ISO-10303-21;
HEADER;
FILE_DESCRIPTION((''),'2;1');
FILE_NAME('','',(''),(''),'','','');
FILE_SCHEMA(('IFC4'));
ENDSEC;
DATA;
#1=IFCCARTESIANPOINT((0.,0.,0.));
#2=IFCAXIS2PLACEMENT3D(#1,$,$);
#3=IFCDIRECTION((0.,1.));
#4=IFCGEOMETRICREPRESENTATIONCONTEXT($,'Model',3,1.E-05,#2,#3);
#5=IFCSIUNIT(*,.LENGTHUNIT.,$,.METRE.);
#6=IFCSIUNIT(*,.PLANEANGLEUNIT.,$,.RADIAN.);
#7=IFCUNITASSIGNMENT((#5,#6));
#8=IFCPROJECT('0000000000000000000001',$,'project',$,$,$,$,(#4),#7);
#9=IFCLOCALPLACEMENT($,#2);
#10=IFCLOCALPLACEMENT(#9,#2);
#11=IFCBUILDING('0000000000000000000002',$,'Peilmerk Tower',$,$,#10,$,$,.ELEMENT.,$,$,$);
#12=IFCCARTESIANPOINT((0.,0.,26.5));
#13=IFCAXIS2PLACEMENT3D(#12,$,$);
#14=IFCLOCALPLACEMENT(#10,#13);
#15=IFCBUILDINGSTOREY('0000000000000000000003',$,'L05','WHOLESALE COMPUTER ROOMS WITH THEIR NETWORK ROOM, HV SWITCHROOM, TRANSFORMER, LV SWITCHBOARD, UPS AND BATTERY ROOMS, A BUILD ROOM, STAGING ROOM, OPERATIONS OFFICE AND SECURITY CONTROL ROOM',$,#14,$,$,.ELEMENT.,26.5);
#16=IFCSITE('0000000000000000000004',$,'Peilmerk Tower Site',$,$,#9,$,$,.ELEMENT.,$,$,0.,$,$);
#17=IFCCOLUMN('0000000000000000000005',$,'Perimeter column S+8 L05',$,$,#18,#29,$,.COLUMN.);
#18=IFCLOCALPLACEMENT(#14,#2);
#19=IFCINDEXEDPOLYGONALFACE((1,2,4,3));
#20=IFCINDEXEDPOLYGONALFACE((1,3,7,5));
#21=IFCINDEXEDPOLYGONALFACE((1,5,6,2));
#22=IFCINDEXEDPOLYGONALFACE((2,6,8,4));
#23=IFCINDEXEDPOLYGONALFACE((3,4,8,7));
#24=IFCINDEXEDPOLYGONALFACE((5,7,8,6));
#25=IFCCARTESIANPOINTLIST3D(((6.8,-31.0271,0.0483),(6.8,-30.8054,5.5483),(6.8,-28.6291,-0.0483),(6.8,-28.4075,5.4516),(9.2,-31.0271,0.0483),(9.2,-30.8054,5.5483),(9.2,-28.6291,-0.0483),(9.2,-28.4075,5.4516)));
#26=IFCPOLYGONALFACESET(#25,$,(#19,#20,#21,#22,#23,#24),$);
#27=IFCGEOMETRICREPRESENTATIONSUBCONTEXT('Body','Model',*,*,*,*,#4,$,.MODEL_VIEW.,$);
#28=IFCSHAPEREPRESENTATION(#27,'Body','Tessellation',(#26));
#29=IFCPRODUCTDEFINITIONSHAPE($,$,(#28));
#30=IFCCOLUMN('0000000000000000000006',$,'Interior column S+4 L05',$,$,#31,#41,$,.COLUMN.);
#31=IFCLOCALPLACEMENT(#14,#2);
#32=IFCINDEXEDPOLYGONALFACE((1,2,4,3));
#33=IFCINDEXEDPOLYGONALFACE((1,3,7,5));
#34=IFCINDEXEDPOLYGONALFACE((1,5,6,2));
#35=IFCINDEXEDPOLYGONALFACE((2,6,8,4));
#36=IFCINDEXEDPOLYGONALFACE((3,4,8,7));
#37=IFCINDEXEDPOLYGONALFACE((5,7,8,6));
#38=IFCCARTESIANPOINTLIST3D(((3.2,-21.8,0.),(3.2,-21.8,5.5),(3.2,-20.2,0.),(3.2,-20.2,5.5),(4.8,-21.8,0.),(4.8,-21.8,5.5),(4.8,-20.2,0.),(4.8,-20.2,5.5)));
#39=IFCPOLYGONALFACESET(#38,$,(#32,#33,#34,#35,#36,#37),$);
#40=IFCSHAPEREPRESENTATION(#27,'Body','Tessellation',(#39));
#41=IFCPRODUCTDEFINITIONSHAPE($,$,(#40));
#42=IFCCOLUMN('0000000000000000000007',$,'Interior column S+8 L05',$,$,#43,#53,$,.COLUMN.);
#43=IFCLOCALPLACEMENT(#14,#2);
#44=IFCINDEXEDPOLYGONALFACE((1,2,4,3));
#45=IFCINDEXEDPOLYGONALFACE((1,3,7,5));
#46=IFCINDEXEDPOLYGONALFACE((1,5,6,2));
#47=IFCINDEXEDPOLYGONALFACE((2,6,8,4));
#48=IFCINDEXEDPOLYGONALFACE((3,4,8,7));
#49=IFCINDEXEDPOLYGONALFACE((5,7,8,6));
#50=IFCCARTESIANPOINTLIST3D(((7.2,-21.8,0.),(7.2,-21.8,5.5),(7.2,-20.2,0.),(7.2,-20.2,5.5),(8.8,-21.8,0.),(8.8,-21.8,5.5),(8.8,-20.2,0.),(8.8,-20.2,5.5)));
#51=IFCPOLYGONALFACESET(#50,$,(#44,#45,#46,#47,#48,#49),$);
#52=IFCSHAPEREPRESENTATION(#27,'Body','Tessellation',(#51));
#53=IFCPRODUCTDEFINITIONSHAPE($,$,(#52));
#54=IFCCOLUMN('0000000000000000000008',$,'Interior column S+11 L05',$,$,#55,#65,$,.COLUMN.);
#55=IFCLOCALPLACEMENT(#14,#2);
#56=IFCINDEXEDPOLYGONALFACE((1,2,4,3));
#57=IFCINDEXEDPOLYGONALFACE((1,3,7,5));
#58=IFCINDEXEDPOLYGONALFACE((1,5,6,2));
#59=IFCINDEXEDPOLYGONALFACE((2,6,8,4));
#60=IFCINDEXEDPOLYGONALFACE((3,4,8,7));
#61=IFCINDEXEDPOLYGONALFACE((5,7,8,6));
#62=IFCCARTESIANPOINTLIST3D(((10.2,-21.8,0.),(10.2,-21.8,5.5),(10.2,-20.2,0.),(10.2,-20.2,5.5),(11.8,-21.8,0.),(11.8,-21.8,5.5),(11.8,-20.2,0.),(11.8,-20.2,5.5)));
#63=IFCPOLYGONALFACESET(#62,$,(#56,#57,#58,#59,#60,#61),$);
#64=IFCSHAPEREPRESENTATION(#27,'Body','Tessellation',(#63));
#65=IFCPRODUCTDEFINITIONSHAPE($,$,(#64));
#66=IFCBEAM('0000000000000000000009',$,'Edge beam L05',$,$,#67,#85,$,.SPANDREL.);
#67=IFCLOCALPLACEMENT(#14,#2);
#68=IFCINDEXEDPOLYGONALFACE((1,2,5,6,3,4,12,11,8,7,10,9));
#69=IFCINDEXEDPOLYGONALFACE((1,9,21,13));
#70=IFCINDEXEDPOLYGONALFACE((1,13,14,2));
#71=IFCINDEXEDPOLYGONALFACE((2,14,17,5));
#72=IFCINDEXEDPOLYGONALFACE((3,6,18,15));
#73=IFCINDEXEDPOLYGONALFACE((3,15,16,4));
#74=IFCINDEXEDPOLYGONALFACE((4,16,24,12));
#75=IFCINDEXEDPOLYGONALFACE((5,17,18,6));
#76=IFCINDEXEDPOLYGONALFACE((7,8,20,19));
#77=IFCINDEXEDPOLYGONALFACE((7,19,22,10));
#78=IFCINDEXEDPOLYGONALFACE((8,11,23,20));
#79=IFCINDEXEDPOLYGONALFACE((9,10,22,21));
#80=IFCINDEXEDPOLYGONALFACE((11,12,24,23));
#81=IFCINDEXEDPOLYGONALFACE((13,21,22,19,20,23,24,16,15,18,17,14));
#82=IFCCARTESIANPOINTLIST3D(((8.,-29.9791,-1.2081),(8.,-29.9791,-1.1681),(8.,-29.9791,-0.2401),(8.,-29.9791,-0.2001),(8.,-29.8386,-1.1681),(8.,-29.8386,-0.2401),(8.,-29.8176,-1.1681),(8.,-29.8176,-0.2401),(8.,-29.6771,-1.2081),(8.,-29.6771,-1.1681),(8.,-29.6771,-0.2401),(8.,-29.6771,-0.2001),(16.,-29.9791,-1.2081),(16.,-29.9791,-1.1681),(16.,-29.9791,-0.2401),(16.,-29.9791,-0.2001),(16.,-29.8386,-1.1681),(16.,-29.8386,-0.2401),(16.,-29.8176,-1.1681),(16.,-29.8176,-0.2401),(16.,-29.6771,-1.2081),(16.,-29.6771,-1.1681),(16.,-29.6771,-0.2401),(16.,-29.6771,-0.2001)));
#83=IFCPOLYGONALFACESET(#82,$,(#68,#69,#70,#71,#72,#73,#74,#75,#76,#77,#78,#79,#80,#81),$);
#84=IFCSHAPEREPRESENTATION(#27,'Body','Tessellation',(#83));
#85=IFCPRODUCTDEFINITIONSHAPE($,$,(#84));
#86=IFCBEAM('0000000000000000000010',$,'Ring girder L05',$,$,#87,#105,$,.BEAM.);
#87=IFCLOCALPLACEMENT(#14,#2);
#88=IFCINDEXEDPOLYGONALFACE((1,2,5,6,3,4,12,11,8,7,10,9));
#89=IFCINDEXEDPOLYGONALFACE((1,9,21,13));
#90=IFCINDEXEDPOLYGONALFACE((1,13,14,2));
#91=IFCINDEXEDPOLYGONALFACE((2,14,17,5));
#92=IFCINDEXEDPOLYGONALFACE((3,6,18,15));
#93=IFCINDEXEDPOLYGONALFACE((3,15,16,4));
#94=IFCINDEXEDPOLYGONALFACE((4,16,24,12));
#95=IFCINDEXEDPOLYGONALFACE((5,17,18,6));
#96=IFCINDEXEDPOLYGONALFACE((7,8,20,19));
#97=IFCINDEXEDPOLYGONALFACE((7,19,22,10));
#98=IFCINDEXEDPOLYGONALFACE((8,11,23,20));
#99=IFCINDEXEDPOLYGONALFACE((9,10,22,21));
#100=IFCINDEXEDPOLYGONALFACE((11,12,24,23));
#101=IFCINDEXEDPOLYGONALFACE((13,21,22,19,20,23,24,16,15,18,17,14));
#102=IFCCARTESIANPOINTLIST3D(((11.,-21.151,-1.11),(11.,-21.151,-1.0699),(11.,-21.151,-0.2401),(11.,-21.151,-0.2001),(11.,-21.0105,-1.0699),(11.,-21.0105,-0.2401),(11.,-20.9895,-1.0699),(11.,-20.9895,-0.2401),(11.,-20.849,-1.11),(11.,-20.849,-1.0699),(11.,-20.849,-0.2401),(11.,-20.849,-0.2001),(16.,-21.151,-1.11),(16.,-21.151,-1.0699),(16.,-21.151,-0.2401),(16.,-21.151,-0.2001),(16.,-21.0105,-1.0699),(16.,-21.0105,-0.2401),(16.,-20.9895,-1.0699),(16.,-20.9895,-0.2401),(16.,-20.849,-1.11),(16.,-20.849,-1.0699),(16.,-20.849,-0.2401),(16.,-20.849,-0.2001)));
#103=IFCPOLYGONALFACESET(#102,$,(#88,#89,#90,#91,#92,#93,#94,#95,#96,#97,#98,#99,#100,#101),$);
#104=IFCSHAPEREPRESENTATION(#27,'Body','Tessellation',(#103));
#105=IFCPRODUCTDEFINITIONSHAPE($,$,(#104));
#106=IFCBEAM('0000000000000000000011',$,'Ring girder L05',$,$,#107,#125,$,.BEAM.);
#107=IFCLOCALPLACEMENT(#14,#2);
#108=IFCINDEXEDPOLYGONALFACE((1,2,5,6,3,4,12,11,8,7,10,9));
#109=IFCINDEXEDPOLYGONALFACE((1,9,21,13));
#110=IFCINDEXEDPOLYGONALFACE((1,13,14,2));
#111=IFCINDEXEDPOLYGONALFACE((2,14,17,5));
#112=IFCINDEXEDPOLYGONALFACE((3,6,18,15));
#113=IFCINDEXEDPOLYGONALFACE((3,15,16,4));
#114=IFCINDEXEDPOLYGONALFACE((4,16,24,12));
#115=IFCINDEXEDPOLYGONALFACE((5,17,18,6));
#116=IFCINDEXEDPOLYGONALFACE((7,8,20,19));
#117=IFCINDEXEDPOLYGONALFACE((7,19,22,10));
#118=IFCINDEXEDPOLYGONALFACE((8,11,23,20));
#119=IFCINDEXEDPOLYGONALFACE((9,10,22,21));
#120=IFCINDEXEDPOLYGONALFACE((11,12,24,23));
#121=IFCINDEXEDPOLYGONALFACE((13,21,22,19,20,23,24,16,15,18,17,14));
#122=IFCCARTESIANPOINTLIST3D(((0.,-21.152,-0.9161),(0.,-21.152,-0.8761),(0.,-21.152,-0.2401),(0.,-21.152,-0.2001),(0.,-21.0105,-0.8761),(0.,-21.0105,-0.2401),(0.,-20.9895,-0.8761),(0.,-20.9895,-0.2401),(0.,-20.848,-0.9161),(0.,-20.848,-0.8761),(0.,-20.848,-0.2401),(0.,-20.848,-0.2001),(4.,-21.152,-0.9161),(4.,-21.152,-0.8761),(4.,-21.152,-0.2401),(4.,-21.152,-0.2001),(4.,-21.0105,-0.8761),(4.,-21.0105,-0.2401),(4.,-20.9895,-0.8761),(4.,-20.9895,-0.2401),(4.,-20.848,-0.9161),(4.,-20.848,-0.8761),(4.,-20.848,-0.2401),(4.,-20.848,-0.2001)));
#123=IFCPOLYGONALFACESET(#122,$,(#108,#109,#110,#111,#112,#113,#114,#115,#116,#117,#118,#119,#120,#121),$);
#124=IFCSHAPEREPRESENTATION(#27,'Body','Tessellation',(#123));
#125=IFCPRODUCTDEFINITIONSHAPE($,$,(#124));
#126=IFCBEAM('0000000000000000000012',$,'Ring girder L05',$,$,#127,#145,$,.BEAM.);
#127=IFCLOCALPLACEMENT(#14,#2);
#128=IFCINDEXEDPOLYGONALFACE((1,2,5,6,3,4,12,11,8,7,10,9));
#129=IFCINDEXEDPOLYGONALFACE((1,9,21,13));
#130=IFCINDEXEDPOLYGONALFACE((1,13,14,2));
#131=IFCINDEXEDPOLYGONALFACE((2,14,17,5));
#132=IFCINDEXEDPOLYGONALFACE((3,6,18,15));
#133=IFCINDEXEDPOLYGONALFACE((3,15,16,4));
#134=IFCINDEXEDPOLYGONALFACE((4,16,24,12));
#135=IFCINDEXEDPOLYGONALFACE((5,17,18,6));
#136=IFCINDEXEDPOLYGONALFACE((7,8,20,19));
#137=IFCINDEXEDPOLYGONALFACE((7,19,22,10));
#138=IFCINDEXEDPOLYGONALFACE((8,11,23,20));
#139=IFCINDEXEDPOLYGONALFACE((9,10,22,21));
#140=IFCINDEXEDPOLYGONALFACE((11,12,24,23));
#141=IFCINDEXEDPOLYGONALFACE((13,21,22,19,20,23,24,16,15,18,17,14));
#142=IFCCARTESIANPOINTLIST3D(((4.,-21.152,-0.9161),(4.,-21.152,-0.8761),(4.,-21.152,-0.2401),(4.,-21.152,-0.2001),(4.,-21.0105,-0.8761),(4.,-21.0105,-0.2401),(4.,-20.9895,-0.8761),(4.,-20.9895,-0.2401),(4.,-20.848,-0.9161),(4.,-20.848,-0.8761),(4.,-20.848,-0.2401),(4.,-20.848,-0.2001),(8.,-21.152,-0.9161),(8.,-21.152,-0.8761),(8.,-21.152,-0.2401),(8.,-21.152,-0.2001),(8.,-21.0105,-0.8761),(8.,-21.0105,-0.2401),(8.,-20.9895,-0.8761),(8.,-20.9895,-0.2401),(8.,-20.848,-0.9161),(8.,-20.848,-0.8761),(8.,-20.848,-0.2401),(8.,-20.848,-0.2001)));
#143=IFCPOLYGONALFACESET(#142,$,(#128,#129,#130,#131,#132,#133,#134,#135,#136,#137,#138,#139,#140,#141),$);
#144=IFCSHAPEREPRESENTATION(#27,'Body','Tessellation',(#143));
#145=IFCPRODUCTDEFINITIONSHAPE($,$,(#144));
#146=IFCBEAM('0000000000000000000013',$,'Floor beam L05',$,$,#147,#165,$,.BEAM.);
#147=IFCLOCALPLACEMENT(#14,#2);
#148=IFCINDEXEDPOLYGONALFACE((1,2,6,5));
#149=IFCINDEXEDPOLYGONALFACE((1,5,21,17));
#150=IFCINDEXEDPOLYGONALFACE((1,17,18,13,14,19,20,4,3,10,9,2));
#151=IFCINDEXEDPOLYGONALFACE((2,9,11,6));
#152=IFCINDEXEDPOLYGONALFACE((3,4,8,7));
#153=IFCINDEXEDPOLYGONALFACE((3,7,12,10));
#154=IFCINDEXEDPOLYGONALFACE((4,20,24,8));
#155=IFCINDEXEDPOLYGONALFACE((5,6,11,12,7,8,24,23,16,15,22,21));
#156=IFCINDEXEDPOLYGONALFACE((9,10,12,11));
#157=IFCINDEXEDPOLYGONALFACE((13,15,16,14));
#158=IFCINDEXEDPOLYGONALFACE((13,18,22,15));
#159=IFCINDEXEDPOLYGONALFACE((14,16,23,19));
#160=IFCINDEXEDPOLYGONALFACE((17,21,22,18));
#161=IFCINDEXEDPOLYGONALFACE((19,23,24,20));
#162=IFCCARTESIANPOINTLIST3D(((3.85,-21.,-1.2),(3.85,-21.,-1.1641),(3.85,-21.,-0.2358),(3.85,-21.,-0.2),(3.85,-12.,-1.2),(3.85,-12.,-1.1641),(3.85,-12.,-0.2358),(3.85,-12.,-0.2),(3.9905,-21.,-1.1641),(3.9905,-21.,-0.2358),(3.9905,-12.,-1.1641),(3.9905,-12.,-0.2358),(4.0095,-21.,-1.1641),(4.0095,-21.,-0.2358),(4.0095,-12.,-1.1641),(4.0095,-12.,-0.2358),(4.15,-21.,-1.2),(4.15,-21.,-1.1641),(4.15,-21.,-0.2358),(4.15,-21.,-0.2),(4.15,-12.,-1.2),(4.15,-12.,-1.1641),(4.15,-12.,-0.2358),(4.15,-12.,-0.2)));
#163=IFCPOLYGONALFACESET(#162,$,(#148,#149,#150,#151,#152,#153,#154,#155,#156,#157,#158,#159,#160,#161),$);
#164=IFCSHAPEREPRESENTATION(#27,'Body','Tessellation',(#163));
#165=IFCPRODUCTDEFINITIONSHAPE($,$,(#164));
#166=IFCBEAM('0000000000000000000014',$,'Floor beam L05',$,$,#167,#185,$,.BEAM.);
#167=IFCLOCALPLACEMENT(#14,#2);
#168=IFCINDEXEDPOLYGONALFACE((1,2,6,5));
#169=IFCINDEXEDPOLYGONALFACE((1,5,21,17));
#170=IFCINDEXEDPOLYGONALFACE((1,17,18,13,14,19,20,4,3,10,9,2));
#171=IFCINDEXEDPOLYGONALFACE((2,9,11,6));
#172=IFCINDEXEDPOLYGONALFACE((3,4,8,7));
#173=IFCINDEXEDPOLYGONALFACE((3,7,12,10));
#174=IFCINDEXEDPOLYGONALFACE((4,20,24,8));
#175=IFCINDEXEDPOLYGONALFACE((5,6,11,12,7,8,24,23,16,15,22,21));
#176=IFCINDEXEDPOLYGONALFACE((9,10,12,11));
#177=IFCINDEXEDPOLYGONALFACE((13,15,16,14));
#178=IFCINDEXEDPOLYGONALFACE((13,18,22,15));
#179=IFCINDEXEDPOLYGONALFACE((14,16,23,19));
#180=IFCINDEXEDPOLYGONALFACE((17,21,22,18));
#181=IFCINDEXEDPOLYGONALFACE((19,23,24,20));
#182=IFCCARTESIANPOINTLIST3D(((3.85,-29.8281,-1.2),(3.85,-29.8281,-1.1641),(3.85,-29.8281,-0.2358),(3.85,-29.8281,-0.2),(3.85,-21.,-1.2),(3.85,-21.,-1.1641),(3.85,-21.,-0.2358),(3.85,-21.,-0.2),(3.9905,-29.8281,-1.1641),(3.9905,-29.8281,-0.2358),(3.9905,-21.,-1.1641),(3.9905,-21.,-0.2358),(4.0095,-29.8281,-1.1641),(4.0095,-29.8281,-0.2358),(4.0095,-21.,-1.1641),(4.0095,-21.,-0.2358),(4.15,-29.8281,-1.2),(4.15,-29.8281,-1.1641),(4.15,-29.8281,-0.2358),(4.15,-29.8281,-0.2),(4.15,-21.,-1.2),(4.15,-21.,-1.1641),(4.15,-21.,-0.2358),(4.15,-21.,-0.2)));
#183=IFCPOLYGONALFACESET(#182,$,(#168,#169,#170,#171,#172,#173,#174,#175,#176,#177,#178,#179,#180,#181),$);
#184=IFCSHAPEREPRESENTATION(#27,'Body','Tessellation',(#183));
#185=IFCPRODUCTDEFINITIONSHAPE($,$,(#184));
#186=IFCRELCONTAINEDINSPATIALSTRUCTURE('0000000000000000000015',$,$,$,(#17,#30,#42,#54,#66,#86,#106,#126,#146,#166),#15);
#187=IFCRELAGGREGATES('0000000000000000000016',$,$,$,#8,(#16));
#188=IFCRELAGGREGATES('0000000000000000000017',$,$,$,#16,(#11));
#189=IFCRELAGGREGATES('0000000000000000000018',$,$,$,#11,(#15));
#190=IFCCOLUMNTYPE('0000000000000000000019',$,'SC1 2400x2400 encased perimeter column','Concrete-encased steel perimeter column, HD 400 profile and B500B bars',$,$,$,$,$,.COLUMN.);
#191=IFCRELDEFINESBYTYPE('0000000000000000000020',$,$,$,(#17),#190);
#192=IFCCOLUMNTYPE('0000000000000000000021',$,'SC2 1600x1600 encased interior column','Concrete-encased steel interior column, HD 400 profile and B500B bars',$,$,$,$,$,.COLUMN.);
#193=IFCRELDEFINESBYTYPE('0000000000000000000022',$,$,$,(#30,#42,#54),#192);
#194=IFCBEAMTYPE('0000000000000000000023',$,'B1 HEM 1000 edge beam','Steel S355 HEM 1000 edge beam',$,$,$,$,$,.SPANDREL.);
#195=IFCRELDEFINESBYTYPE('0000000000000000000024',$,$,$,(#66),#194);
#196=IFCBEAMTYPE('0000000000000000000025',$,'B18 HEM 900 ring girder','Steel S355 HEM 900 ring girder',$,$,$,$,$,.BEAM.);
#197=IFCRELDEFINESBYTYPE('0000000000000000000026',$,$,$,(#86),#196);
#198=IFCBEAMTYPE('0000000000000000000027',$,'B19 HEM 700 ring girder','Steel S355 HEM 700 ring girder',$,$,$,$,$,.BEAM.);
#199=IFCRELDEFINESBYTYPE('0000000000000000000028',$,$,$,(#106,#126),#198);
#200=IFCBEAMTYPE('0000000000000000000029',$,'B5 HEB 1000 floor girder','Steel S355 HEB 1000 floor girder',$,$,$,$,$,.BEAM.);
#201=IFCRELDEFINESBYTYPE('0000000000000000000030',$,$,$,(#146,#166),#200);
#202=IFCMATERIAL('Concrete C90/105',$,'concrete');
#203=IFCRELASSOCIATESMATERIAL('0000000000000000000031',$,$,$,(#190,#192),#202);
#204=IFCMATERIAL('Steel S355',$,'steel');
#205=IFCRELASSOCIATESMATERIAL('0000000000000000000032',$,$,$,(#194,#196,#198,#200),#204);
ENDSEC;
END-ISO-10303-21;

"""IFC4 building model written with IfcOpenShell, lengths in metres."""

from ifc_helpers import new_model, si_unit, direction, frame, origin, origin_2d, place, context, subcontext, project, spatial, rectangle, i_section, extrude, material, material_profile, profile_set, type_object, element, save


model = new_model("IFC4")

# Units and contexts
model_context = context("Model", 3, precision=1e-05, world=origin(), true_north=direction((0.0, 1.0)))
body_context = subcontext(model_context, "Body", "Model", "MODEL_VIEW")
ifc_project = project(units=[si_unit("LENGTHUNIT", "METRE"), si_unit("PLANEANGLEUNIT", "RADIAN")], contexts=[model_context])

# Site, building, storey
site_placement = place(None, origin())
site = spatial("IfcSite", under=ifc_project, at=site_placement, Name="Peilmerk Tower Site", CompositionType="ELEMENT", RefElevation=0.0)
building_placement = place(site_placement, origin())
building = spatial("IfcBuilding", under=site, at=building_placement, Name="Peilmerk Tower", CompositionType="ELEMENT")
storey_placement = place(building_placement, frame((0.0, 0.0, 26.5)))
storey = spatial("IfcBuildingStorey", under=building, at=storey_placement, Name="L05", Description="WHOLESALE COMPUTER ROOMS WITH THEIR NETWORK ROOM, HV SWITCHROOM, TRANSFORMER, LV SWITCHBOARD, UPS AND BATTERY ROOMS, A BUILD ROOM, STAGING ROOM, OPERATIONS OFFICE AND SECURITY CONTROL ROOM", CompositionType="ELEMENT", Elevation=26.5)

# Columns
ifc_material_1 = material(Name="Concrete C90/105", Category="concrete")
ifc_material_profile_1 = material_profile(ifc_material_1, rectangle(XDim=2.3999, YDim=2.3999, at=origin_2d()), Name="RC 2400x2400")
ifc_profile_set_1 = profile_set([ifc_material_profile_1], Name="Concrete C90/105")
column_type_1 = type_object("IfcColumnType", Name="SC1 2400x2400 encased perimeter column", Description="Concrete-encased steel perimeter column, HD 400 profile and B500B bars", PredefinedType="COLUMN", material=ifc_profile_set_1)
column_placement = place(storey_placement, frame((8.0, -29.8281, 0.0), z_axis=(0.0, 0.040273, 0.999189), x_axis=(-1.0, 0.0, 0.0)))
element("IfcColumn", 1, at=column_placement, inside=storey, type_object=column_type_1, Name="Perimeter column S+8 L05", PredefinedType="COLUMN", context=body_context, shape_type="SweptSolid", body=[
    extrude(rectangle(XDim=2.3999, YDim=2.3999, at=origin_2d()), origin(), (0.0, 0.0, 1.0), 5.5044),
])
ifc_material_profile_2 = material_profile(ifc_material_1, rectangle(XDim=1.6001, YDim=1.6001, at=origin_2d()), Name="RC 1600x1600")
ifc_profile_set_2 = profile_set([ifc_material_profile_2], Name="Concrete C90/105")
column_type_2 = type_object("IfcColumnType", Name="SC2 1600x1600 encased interior column", Description="Concrete-encased steel interior column, HD 400 profile and B500B bars", PredefinedType="COLUMN", material=ifc_profile_set_2)
for number, where, z_axis, x_axis, name in (
    (2, (4.0, -21.0, 0.0), (0.0, 0.0, 1.0), (1.0, 0.0, 0.0), "Interior column S+4 L05"),
    (3, (8.0, -21.0, 0.0), (0.0, 0.0, 1.0), (1.0, 0.0, 0.0), "Interior column S+8 L05"),
    (4, (11.0, -21.0, 0.0), (0.0, 0.0, 1.0), (1.0, 0.0, 0.0), "Interior column S+11 L05"),
):
    element("IfcColumn", number, at=place(storey_placement, frame(where, z_axis=z_axis, x_axis=x_axis)), inside=storey, type_object=column_type_2, Name=name, PredefinedType="COLUMN", context=body_context, shape_type="SweptSolid", body=[
        extrude(rectangle(XDim=1.6001, YDim=1.6001, at=origin_2d()), origin(), (0.0, 0.0, 1.0), 5.5),
    ])

# Beams
ifc_material_2 = material(Name="Steel S355", Category="steel")
ifc_material_profile_3 = material_profile(ifc_material_2, i_section(OverallWidth=0.302, OverallDepth=1.0081, WebThickness=0.021, FlangeThickness=0.04, at=origin_2d()), Name="HEM 1000")
ifc_profile_set_3 = profile_set([ifc_material_profile_3], Name="Steel S355")
beam_type_1 = type_object("IfcBeamType", Name="B1 HEM 1000 edge beam", Description="Steel S355 HEM 1000 edge beam", PredefinedType="SPANDREL", material=ifc_profile_set_3)
beam_1_placement = place(storey_placement, frame((8.0, -29.8281, -0.7041), z_axis=(1.0, 0.0, 0.0), x_axis=(0.0, 1.0, 0.0)))
element("IfcBeam", 5, at=beam_1_placement, inside=storey, type_object=beam_type_1, Name="Edge beam L05", PredefinedType="SPANDREL", context=body_context, shape_type="SweptSolid", body=[
    extrude(i_section(OverallWidth=0.302, OverallDepth=1.0081, WebThickness=0.021, FlangeThickness=0.04, at=origin_2d()), origin(), (0.0, 0.0, 1.0), 8.0),
])
ifc_material_profile_4 = material_profile(ifc_material_2, i_section(OverallWidth=0.302, OverallDepth=0.9099, WebThickness=0.021, FlangeThickness=0.04, at=origin_2d()), Name="HEM 900")
ifc_profile_set_4 = profile_set([ifc_material_profile_4], Name="Steel S355")
beam_type_2 = type_object("IfcBeamType", Name="B18 HEM 900 ring girder", Description="Steel S355 HEM 900 ring girder", PredefinedType="BEAM", material=ifc_profile_set_4)
beam_2_placement = place(storey_placement, frame((11.0, -21.0, -0.655), z_axis=(1.0, 0.0, 0.0), x_axis=(0.0, 1.0, 0.0)))
element("IfcBeam", 6, at=beam_2_placement, inside=storey, type_object=beam_type_2, Name="Ring girder L05", PredefinedType="BEAM", context=body_context, shape_type="SweptSolid", body=[
    extrude(i_section(OverallWidth=0.302, OverallDepth=0.9099, WebThickness=0.021, FlangeThickness=0.04, at=origin_2d()), origin(), (0.0, 0.0, 1.0), 5.0),
])
ifc_material_profile_5 = material_profile(ifc_material_2, i_section(OverallWidth=0.304, OverallDepth=0.7161, WebThickness=0.021, FlangeThickness=0.04, at=origin_2d()), Name="HEM 700")
ifc_profile_set_5 = profile_set([ifc_material_profile_5], Name="Steel S355")
beam_type_3 = type_object("IfcBeamType", Name="B19 HEM 700 ring girder", Description="Steel S355 HEM 700 ring girder", PredefinedType="BEAM", material=ifc_profile_set_5)
for number, where, z_axis, x_axis, name in (
    (7, (0.0, -21.0, -0.5581), (1.0, 0.0, 0.0), (0.0, 1.0, 0.0), "Ring girder L05"),
    (8, (4.0, -21.0, -0.5581), (1.0, 0.0, 0.0), (0.0, 1.0, 0.0), "Ring girder L05"),
):
    element("IfcBeam", number, at=place(storey_placement, frame(where, z_axis=z_axis, x_axis=x_axis)), inside=storey, type_object=beam_type_3, Name=name, PredefinedType="BEAM", context=body_context, shape_type="SweptSolid", body=[
        extrude(i_section(OverallWidth=0.304, OverallDepth=0.7161, WebThickness=0.021, FlangeThickness=0.04, at=origin_2d()), origin(), (0.0, 0.0, 1.0), 4.0),
    ])
ifc_material_profile_6 = material_profile(ifc_material_2, i_section(OverallWidth=0.3, OverallDepth=1.0, WebThickness=0.019, FlangeThickness=0.0359, at=origin_2d()), Name="HEB 1000")
ifc_profile_set_6 = profile_set([ifc_material_profile_6], Name="Steel S355")
beam_type_4 = type_object("IfcBeamType", Name="B5 HEB 1000 floor girder", Description="Steel S355 HEB 1000 floor girder", PredefinedType="BEAM", material=ifc_profile_set_6)
beam_3_placement = place(storey_placement, frame((4.0, -12.0, -0.7), z_axis=(0.0, -1.0, 0.0), x_axis=(1.0, 0.0, 0.0)))
element("IfcBeam", 9, at=beam_3_placement, inside=storey, type_object=beam_type_4, Name="Floor beam L05", PredefinedType="BEAM", context=body_context, shape_type="SweptSolid", body=[
    extrude(i_section(OverallWidth=0.3, OverallDepth=1.0, WebThickness=0.019, FlangeThickness=0.0359, at=origin_2d()), origin(), (0.0, 0.0, 1.0), 9.0),
])
beam_4_placement = place(storey_placement, frame((4.0, -21.0, -0.7), z_axis=(0.0, -1.0, 0.0), x_axis=(1.0, 0.0, 0.0)))
element("IfcBeam", 10, at=beam_4_placement, inside=storey, type_object=beam_type_4, Name="Floor beam L05", PredefinedType="BEAM", context=body_context, shape_type="SweptSolid", body=[
    extrude(i_section(OverallWidth=0.3, OverallDepth=1.0, WebThickness=0.019, FlangeThickness=0.0359, at=origin_2d()), origin(), (0.0, 0.0, 1.0), 8.8281),
])

save(model, "model.ifc")
